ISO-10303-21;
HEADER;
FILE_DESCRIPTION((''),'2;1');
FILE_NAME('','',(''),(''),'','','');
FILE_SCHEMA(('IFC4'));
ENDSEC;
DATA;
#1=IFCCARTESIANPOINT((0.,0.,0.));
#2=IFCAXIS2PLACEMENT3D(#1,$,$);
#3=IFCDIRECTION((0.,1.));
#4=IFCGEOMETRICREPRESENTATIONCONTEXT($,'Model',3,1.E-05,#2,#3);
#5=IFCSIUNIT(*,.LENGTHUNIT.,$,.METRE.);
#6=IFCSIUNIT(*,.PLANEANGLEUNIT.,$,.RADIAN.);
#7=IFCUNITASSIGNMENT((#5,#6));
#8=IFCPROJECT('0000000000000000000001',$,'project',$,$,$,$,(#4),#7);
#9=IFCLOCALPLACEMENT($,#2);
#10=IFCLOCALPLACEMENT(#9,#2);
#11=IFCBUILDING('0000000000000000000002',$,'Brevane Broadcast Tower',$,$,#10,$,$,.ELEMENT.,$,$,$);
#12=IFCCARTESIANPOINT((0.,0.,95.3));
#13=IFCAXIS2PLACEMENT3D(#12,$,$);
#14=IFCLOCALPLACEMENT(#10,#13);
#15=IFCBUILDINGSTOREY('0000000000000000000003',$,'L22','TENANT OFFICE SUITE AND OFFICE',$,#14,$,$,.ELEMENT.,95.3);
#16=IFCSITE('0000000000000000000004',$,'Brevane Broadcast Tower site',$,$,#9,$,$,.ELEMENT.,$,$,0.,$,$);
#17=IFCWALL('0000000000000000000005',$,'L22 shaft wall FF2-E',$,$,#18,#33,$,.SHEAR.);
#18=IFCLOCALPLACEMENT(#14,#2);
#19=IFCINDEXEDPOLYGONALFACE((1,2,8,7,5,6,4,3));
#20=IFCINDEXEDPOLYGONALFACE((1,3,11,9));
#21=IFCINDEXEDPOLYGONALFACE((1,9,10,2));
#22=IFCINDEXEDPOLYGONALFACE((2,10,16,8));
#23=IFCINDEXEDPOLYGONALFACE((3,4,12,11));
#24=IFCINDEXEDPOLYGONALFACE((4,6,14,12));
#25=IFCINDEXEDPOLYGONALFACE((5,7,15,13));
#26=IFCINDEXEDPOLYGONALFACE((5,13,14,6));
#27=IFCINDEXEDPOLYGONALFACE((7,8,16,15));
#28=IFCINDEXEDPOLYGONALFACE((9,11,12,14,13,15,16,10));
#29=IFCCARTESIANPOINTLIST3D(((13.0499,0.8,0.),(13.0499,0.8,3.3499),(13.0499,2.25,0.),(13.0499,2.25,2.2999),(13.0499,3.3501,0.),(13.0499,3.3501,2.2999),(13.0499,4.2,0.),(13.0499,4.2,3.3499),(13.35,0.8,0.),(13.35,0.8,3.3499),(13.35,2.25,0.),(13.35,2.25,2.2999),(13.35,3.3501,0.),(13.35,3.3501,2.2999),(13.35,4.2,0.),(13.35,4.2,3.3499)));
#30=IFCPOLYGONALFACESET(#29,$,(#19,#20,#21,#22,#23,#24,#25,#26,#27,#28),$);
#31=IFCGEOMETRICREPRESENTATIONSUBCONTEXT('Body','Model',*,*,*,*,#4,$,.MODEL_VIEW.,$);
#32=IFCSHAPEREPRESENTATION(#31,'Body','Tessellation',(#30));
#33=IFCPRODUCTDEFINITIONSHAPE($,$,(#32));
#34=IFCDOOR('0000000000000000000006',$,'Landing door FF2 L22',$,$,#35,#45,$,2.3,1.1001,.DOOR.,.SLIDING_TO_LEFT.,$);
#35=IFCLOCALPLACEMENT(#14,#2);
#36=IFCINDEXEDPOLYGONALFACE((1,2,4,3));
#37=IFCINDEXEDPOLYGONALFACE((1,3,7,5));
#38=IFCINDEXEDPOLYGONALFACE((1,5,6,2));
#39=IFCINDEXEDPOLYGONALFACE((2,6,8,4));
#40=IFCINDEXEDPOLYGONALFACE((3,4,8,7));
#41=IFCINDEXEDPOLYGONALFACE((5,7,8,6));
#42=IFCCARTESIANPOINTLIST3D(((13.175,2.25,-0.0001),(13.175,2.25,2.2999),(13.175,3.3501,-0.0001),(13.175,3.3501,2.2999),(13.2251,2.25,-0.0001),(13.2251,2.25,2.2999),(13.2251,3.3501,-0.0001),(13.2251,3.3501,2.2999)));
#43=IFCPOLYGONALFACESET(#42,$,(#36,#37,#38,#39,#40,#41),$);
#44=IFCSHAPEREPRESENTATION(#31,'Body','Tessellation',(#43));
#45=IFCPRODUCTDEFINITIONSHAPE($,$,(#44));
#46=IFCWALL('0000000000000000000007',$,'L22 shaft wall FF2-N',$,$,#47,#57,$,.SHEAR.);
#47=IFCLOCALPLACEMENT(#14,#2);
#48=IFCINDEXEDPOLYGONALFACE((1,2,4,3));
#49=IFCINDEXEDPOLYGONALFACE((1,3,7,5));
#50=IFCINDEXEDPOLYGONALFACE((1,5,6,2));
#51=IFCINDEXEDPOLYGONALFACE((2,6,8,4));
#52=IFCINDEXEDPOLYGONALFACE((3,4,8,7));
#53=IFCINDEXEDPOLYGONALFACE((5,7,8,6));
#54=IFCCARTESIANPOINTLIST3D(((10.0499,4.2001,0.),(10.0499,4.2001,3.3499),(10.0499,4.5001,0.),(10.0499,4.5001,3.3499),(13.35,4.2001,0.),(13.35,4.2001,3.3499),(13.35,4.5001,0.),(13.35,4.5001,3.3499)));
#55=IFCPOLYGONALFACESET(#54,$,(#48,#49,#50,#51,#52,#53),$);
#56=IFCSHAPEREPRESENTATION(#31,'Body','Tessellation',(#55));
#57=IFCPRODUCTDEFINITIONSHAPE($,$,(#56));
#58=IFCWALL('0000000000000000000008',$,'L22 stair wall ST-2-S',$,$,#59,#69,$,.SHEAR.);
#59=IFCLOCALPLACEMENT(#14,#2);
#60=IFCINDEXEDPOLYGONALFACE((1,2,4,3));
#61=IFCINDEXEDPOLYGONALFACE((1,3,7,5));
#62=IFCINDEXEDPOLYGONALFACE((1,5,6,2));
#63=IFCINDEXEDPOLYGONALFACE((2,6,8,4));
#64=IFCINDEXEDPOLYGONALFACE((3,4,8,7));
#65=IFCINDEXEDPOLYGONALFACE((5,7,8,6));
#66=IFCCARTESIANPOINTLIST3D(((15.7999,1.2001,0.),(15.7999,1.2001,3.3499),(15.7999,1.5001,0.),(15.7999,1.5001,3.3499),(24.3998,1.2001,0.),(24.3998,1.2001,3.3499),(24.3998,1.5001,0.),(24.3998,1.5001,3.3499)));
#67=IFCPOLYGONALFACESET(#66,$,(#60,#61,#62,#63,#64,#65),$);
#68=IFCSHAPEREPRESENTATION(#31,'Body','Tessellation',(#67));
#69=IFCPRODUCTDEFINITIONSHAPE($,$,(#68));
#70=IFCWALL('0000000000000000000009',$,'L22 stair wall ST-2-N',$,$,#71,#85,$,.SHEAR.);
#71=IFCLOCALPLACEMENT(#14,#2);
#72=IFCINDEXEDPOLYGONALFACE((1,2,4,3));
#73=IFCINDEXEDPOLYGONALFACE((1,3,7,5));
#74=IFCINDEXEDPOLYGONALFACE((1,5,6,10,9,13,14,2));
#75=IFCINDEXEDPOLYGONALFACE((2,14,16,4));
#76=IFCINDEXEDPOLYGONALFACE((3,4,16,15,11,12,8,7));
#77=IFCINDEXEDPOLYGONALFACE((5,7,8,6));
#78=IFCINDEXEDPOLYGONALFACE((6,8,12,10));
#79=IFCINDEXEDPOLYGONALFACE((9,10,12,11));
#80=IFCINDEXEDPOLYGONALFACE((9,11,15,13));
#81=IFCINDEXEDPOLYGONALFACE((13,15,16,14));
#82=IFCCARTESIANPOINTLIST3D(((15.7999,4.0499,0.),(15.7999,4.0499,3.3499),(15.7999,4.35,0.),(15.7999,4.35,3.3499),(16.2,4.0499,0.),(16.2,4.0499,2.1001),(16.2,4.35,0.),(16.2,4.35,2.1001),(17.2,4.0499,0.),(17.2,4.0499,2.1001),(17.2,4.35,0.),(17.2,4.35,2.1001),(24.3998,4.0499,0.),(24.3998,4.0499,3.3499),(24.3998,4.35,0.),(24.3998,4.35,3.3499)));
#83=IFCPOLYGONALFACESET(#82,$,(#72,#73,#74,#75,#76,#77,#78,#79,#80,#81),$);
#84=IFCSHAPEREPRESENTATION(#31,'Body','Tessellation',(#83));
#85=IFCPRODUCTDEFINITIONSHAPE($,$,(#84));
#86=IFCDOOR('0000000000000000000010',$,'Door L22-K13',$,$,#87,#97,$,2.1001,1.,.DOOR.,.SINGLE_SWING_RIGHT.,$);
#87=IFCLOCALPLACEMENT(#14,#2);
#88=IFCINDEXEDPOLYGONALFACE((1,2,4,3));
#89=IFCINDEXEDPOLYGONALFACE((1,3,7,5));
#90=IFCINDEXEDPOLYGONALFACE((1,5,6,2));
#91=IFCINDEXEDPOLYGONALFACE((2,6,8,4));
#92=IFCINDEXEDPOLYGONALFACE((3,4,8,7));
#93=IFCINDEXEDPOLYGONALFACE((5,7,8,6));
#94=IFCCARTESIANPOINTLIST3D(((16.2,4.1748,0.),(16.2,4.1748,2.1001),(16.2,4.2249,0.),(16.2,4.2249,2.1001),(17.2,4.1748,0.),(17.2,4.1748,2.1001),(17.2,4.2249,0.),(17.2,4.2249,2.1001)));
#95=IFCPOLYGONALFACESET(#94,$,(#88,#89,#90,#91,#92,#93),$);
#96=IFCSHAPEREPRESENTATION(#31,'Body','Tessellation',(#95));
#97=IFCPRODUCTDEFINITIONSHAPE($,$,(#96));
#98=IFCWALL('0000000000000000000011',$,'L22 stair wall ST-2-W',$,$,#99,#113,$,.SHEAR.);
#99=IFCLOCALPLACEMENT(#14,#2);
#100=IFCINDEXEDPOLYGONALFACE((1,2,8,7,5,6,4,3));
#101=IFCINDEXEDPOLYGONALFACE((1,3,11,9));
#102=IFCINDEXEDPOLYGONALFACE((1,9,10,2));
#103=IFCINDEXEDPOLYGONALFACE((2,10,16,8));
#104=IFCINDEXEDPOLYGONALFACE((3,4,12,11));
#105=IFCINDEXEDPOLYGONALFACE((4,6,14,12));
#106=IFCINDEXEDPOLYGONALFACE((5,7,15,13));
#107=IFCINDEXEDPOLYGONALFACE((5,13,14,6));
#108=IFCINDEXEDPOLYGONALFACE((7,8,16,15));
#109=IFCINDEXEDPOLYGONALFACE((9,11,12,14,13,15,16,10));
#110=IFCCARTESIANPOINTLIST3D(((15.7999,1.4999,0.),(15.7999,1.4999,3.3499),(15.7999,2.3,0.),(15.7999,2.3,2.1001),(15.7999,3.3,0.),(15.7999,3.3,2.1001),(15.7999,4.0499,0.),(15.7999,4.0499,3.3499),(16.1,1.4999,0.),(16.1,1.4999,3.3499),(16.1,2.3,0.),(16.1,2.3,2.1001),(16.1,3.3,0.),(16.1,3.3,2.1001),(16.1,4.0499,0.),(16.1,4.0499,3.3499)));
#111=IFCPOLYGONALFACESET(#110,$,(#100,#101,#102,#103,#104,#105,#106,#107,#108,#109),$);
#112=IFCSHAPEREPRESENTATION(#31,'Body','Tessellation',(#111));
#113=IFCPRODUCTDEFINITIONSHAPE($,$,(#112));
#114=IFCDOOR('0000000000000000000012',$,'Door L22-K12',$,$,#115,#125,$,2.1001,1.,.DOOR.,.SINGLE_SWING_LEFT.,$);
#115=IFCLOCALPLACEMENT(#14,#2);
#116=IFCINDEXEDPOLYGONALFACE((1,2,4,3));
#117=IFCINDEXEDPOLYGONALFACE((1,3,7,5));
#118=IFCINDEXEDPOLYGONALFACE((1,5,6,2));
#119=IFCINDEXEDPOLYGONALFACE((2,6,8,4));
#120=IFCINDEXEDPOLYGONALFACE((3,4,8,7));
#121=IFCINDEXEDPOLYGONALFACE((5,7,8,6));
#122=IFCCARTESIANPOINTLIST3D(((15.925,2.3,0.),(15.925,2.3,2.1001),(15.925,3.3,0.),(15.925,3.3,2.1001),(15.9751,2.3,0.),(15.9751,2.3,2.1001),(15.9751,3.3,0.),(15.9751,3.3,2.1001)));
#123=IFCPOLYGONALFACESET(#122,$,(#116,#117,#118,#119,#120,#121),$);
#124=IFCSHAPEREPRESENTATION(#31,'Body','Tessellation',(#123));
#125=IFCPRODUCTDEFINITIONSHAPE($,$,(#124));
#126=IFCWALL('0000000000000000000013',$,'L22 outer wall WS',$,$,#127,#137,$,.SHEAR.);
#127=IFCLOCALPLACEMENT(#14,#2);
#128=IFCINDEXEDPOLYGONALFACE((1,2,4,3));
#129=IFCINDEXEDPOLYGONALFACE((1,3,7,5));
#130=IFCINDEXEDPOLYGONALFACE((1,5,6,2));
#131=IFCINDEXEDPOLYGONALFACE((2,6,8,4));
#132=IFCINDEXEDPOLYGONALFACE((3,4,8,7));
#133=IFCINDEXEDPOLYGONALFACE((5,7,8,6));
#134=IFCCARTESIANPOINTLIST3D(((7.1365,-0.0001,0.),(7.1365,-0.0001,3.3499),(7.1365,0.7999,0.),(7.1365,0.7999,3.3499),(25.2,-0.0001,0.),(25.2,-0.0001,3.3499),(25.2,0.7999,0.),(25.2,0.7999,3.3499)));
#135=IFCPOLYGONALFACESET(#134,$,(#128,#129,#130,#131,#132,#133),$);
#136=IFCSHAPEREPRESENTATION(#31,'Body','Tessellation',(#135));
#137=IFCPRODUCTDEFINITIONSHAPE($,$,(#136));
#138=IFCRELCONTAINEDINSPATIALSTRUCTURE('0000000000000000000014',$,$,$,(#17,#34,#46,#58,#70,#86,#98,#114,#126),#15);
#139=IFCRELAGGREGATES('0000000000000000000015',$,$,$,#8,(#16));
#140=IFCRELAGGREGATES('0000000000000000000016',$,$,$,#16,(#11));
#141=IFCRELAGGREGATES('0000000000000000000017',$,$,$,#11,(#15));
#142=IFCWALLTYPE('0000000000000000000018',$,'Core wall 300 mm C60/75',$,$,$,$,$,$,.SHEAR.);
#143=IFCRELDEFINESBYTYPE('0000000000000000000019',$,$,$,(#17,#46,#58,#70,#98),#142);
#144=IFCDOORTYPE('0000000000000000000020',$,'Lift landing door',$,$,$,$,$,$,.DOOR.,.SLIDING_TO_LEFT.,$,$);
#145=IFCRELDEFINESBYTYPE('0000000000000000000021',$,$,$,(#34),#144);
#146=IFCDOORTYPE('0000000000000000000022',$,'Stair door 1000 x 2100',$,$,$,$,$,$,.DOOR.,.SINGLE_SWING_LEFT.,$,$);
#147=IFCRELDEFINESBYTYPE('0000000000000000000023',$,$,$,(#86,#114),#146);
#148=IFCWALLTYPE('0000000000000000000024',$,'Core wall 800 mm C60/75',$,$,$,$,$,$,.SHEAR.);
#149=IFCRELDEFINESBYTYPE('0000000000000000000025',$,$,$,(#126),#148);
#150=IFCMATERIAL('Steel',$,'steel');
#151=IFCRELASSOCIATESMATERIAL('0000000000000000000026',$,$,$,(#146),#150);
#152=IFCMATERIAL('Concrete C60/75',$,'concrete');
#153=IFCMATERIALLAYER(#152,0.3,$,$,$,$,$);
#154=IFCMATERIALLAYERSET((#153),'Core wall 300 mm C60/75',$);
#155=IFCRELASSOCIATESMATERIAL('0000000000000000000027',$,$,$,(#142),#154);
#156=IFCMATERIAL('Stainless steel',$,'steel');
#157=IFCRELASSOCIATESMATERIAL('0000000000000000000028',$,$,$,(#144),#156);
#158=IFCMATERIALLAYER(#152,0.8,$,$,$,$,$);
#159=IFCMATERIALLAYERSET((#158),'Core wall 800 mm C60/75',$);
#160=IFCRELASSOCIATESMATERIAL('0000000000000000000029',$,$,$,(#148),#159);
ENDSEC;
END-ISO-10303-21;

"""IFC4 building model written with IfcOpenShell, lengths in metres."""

from ifc_helpers import new_model, si_unit, direction, frame, frame_2d, origin, place, context, subcontext, project, spatial, rectangle, extrude, material, layer, layer_set, type_object, element, fill, save


model = new_model("IFC4")

# Units and contexts
model_context = context("Model", 3, precision=1e-05, world=origin(), true_north=direction((0.0, 1.0)))
body_context = subcontext(model_context, "Body", "Model", "MODEL_VIEW")
ifc_project = project(units=[si_unit("LENGTHUNIT", "METRE"), si_unit("PLANEANGLEUNIT", "RADIAN")], contexts=[model_context])

# Site, building, storey
site_placement = place(None, origin())
site = spatial("IfcSite", under=ifc_project, at=site_placement, Name="Brevane Broadcast Tower site", CompositionType="ELEMENT", RefElevation=0.0)
building_placement = place(site_placement, origin())
building = spatial("IfcBuilding", under=site, at=building_placement, Name="Brevane Broadcast Tower", CompositionType="ELEMENT")
storey_placement = place(building_placement, frame((0.0, 0.0, 95.3)))
storey = spatial("IfcBuildingStorey", under=building, at=storey_placement, Name="L22", Description="TENANT OFFICE SUITE AND OFFICE", CompositionType="ELEMENT", Elevation=95.3)

# Shared definitions
ifc_material_1 = material(Name="Steel", Category="steel")
door_type_1 = type_object("IfcDoorType", Name="Stair door 1000 x 2100", OperationType="SINGLE_SWING_LEFT", PredefinedType="DOOR", material=ifc_material_1)

# Shared definitions
ifc_material_2 = material(Name="Concrete C60/75", Category="concrete")
ifc_layer_1 = layer(ifc_material_2, 0.3)
ifc_layer_set_1 = layer_set([ifc_layer_1], Name="Core wall 300 mm C60/75")
wall_type_1 = type_object("IfcWallType", Name="Core wall 300 mm C60/75", PredefinedType="SHEAR", material=ifc_layer_set_1)

# Wall, opening, door
wall_1_placement = place(storey_placement, frame((13.2, 0.8, 0.0), z_axis=(0.0, 0.0, 1.0), x_axis=(0.0, 1.0, 0.0)))
wall_1 = element("IfcWall", 1, at=wall_1_placement, inside=storey, type_object=wall_type_1, Name="L22 shaft wall FF2-E", PredefinedType="SHEAR", context=body_context, shape_type="SweptSolid", body=[
    extrude(rectangle(XDim=3.3999, YDim=0.3, at=frame_2d((1.7, 0.0))), origin(), (0.0, 0.0, 1.0), 3.3499),
])
opening_1_placement = place(wall_1_placement, frame((1.45, 0.0, 0.0)))
opening_1 = element("IfcOpeningElement", 2, at=opening_1_placement, cuts=wall_1, PredefinedType="OPENING", context=body_context, shape_type="SweptSolid", body=[
    extrude(rectangle(XDim=1.1001, YDim=2.3, at=frame_2d((0.55, 1.1499))), frame((0.0, 0.1599, 0.0), z_axis=(0.0, -1.0, 0.0), x_axis=(1.0, 0.0, 0.0)), (0.0, 0.0, 1.0), 0.3201),
])
ifc_material_3 = material(Name="Stainless steel", Category="steel")
door_type_2 = type_object("IfcDoorType", Name="Lift landing door", OperationType="SLIDING_TO_LEFT", PredefinedType="DOOR", material=ifc_material_3)
door_1_placement = place(opening_1_placement, origin())
door_1 = element("IfcDoor", 3, at=door_1_placement, inside=storey, type_object=door_type_2, Name="Landing door FF2 L22", OperationType="SLIDING_TO_LEFT", OverallHeight=2.3, OverallWidth=1.1001, PredefinedType="DOOR", context=body_context, shape_type="SweptSolid", body=[
    extrude(rectangle(XDim=1.1001, YDim=2.3, at=frame_2d((0.55, 1.1499))), frame((0.0, 0.0249, 0.0), z_axis=(0.0, -1.0, 0.0), x_axis=(1.0, 0.0, 0.0)), (0.0, 0.0, 1.0), 0.05),
])
fill(opening_1, door_1)

# Walls
wall_2_placement = place(storey_placement, frame((10.05, 4.3501, 0.0), z_axis=(0.0, 0.0, 1.0), x_axis=(1.0, 0.0, 0.0)))
element("IfcWall", 4, at=wall_2_placement, inside=storey, type_object=wall_type_1, Name="L22 shaft wall FF2-N", PredefinedType="SHEAR", context=body_context, shape_type="SweptSolid", body=[
    extrude(rectangle(XDim=3.3, YDim=0.3, at=frame_2d((1.6499, 0.0))), origin(), (0.0, 0.0, 1.0), 3.3499),
])
wall_3_placement = place(storey_placement, frame((15.8, 1.3501, 0.0), z_axis=(0.0, 0.0, 1.0), x_axis=(1.0, 0.0, 0.0)))
element("IfcWall", 5, at=wall_3_placement, inside=storey, type_object=wall_type_1, Name="L22 stair wall ST-2-S", PredefinedType="SHEAR", context=body_context, shape_type="SweptSolid", body=[
    extrude(rectangle(XDim=8.5999, YDim=0.3, at=frame_2d((4.2998, 0.0))), origin(), (0.0, 0.0, 1.0), 3.3499),
])

# Walls, openings, doors
wall_4_placement = place(storey_placement, frame((15.8, 4.2, 0.0), z_axis=(0.0, 0.0, 1.0), x_axis=(1.0, 0.0, 0.0)))
wall_4 = element("IfcWall", 6, at=wall_4_placement, inside=storey, type_object=wall_type_1, Name="L22 stair wall ST-2-N", PredefinedType="SHEAR", context=body_context, shape_type="SweptSolid", body=[
    extrude(rectangle(XDim=8.5999, YDim=0.3, at=frame_2d((4.2998, 0.0))), origin(), (0.0, 0.0, 1.0), 3.3499),
])
opening_2_placement = place(wall_4_placement, frame((0.3999, 0.0, 0.0)))
opening_2 = element("IfcOpeningElement", 7, at=opening_2_placement, cuts=wall_4, PredefinedType="OPENING", context=body_context, shape_type="SweptSolid", body=[
    extrude(rectangle(XDim=1.0, YDim=2.1001, at=frame_2d((0.5, 1.05))), frame((0.0, 0.1599, 0.0), z_axis=(0.0, -1.0, 0.0), x_axis=(1.0, 0.0, 0.0)), (0.0, 0.0, 1.0), 0.3201),
])
door_2_placement = place(opening_2_placement, origin())
door_2 = element("IfcDoor", 8, at=door_2_placement, inside=storey, type_object=door_type_1, Name="Door L22-K13", OperationType="SINGLE_SWING_RIGHT", OverallHeight=2.1001, OverallWidth=1.0, PredefinedType="DOOR", context=body_context, shape_type="SweptSolid", body=[
    extrude(rectangle(XDim=1.0, YDim=2.1001, at=frame_2d((0.5, 1.05))), frame((0.0, 0.0249, 0.0), z_axis=(0.0, -1.0, 0.0), x_axis=(1.0, 0.0, 0.0)), (0.0, 0.0, 1.0), 0.05),
])
fill(opening_2, door_2)
wall_5_placement = place(storey_placement, frame((15.95, 1.5, 0.0), z_axis=(0.0, 0.0, 1.0), x_axis=(0.0, 1.0, 0.0)))
wall_5 = element("IfcWall", 9, at=wall_5_placement, inside=storey, type_object=wall_type_1, Name="L22 stair wall ST-2-W", PredefinedType="SHEAR", context=body_context, shape_type="SweptSolid", body=[
    extrude(rectangle(XDim=2.55, YDim=0.3, at=frame_2d((1.2749, 0.0))), origin(), (0.0, 0.0, 1.0), 3.3499),
])
opening_3_placement = place(wall_5_placement, frame((0.8, 0.0, 0.0)))
opening_3 = element("IfcOpeningElement", 10, at=opening_3_placement, cuts=wall_5, PredefinedType="OPENING", context=body_context, shape_type="SweptSolid", body=[
    extrude(rectangle(XDim=1.0, YDim=2.1001, at=frame_2d((0.5, 1.05))), frame((0.0, 0.1599, 0.0), z_axis=(0.0, -1.0, 0.0), x_axis=(1.0, 0.0, 0.0)), (0.0, 0.0, 1.0), 0.3201),
])
door_3_placement = place(opening_3_placement, origin())
door_3 = element("IfcDoor", 11, at=door_3_placement, inside=storey, type_object=door_type_1, Name="Door L22-K12", OperationType="SINGLE_SWING_LEFT", OverallHeight=2.1001, OverallWidth=1.0, PredefinedType="DOOR", context=body_context, shape_type="SweptSolid", body=[
    extrude(rectangle(XDim=1.0, YDim=2.1001, at=frame_2d((0.5, 1.05))), frame((0.0, 0.0249, 0.0), z_axis=(0.0, -1.0, 0.0), x_axis=(1.0, 0.0, 0.0)), (0.0, 0.0, 1.0), 0.05),
])
fill(opening_3, door_3)

# Wall
ifc_layer_2 = layer(ifc_material_2, 0.8)
ifc_layer_set_2 = layer_set([ifc_layer_2], Name="Core wall 800 mm C60/75")
wall_type_2 = type_object("IfcWallType", Name="Core wall 800 mm C60/75", PredefinedType="SHEAR", material=ifc_layer_set_2)
wall_6_placement = place(storey_placement, frame((7.1365, 0.3999, 0.0), z_axis=(0.0, 0.0, 1.0), x_axis=(1.0, 0.0, 0.0)))
element("IfcWall", 12, at=wall_6_placement, inside=storey, type_object=wall_type_2, Name="L22 outer wall WS", PredefinedType="SHEAR", context=body_context, shape_type="SweptSolid", body=[
    extrude(rectangle(XDim=18.0635, YDim=0.8, at=frame_2d((9.0317, 0.0))), origin(), (0.0, 0.0, 1.0), 3.3499),
])

save(model, "model.ifc")
